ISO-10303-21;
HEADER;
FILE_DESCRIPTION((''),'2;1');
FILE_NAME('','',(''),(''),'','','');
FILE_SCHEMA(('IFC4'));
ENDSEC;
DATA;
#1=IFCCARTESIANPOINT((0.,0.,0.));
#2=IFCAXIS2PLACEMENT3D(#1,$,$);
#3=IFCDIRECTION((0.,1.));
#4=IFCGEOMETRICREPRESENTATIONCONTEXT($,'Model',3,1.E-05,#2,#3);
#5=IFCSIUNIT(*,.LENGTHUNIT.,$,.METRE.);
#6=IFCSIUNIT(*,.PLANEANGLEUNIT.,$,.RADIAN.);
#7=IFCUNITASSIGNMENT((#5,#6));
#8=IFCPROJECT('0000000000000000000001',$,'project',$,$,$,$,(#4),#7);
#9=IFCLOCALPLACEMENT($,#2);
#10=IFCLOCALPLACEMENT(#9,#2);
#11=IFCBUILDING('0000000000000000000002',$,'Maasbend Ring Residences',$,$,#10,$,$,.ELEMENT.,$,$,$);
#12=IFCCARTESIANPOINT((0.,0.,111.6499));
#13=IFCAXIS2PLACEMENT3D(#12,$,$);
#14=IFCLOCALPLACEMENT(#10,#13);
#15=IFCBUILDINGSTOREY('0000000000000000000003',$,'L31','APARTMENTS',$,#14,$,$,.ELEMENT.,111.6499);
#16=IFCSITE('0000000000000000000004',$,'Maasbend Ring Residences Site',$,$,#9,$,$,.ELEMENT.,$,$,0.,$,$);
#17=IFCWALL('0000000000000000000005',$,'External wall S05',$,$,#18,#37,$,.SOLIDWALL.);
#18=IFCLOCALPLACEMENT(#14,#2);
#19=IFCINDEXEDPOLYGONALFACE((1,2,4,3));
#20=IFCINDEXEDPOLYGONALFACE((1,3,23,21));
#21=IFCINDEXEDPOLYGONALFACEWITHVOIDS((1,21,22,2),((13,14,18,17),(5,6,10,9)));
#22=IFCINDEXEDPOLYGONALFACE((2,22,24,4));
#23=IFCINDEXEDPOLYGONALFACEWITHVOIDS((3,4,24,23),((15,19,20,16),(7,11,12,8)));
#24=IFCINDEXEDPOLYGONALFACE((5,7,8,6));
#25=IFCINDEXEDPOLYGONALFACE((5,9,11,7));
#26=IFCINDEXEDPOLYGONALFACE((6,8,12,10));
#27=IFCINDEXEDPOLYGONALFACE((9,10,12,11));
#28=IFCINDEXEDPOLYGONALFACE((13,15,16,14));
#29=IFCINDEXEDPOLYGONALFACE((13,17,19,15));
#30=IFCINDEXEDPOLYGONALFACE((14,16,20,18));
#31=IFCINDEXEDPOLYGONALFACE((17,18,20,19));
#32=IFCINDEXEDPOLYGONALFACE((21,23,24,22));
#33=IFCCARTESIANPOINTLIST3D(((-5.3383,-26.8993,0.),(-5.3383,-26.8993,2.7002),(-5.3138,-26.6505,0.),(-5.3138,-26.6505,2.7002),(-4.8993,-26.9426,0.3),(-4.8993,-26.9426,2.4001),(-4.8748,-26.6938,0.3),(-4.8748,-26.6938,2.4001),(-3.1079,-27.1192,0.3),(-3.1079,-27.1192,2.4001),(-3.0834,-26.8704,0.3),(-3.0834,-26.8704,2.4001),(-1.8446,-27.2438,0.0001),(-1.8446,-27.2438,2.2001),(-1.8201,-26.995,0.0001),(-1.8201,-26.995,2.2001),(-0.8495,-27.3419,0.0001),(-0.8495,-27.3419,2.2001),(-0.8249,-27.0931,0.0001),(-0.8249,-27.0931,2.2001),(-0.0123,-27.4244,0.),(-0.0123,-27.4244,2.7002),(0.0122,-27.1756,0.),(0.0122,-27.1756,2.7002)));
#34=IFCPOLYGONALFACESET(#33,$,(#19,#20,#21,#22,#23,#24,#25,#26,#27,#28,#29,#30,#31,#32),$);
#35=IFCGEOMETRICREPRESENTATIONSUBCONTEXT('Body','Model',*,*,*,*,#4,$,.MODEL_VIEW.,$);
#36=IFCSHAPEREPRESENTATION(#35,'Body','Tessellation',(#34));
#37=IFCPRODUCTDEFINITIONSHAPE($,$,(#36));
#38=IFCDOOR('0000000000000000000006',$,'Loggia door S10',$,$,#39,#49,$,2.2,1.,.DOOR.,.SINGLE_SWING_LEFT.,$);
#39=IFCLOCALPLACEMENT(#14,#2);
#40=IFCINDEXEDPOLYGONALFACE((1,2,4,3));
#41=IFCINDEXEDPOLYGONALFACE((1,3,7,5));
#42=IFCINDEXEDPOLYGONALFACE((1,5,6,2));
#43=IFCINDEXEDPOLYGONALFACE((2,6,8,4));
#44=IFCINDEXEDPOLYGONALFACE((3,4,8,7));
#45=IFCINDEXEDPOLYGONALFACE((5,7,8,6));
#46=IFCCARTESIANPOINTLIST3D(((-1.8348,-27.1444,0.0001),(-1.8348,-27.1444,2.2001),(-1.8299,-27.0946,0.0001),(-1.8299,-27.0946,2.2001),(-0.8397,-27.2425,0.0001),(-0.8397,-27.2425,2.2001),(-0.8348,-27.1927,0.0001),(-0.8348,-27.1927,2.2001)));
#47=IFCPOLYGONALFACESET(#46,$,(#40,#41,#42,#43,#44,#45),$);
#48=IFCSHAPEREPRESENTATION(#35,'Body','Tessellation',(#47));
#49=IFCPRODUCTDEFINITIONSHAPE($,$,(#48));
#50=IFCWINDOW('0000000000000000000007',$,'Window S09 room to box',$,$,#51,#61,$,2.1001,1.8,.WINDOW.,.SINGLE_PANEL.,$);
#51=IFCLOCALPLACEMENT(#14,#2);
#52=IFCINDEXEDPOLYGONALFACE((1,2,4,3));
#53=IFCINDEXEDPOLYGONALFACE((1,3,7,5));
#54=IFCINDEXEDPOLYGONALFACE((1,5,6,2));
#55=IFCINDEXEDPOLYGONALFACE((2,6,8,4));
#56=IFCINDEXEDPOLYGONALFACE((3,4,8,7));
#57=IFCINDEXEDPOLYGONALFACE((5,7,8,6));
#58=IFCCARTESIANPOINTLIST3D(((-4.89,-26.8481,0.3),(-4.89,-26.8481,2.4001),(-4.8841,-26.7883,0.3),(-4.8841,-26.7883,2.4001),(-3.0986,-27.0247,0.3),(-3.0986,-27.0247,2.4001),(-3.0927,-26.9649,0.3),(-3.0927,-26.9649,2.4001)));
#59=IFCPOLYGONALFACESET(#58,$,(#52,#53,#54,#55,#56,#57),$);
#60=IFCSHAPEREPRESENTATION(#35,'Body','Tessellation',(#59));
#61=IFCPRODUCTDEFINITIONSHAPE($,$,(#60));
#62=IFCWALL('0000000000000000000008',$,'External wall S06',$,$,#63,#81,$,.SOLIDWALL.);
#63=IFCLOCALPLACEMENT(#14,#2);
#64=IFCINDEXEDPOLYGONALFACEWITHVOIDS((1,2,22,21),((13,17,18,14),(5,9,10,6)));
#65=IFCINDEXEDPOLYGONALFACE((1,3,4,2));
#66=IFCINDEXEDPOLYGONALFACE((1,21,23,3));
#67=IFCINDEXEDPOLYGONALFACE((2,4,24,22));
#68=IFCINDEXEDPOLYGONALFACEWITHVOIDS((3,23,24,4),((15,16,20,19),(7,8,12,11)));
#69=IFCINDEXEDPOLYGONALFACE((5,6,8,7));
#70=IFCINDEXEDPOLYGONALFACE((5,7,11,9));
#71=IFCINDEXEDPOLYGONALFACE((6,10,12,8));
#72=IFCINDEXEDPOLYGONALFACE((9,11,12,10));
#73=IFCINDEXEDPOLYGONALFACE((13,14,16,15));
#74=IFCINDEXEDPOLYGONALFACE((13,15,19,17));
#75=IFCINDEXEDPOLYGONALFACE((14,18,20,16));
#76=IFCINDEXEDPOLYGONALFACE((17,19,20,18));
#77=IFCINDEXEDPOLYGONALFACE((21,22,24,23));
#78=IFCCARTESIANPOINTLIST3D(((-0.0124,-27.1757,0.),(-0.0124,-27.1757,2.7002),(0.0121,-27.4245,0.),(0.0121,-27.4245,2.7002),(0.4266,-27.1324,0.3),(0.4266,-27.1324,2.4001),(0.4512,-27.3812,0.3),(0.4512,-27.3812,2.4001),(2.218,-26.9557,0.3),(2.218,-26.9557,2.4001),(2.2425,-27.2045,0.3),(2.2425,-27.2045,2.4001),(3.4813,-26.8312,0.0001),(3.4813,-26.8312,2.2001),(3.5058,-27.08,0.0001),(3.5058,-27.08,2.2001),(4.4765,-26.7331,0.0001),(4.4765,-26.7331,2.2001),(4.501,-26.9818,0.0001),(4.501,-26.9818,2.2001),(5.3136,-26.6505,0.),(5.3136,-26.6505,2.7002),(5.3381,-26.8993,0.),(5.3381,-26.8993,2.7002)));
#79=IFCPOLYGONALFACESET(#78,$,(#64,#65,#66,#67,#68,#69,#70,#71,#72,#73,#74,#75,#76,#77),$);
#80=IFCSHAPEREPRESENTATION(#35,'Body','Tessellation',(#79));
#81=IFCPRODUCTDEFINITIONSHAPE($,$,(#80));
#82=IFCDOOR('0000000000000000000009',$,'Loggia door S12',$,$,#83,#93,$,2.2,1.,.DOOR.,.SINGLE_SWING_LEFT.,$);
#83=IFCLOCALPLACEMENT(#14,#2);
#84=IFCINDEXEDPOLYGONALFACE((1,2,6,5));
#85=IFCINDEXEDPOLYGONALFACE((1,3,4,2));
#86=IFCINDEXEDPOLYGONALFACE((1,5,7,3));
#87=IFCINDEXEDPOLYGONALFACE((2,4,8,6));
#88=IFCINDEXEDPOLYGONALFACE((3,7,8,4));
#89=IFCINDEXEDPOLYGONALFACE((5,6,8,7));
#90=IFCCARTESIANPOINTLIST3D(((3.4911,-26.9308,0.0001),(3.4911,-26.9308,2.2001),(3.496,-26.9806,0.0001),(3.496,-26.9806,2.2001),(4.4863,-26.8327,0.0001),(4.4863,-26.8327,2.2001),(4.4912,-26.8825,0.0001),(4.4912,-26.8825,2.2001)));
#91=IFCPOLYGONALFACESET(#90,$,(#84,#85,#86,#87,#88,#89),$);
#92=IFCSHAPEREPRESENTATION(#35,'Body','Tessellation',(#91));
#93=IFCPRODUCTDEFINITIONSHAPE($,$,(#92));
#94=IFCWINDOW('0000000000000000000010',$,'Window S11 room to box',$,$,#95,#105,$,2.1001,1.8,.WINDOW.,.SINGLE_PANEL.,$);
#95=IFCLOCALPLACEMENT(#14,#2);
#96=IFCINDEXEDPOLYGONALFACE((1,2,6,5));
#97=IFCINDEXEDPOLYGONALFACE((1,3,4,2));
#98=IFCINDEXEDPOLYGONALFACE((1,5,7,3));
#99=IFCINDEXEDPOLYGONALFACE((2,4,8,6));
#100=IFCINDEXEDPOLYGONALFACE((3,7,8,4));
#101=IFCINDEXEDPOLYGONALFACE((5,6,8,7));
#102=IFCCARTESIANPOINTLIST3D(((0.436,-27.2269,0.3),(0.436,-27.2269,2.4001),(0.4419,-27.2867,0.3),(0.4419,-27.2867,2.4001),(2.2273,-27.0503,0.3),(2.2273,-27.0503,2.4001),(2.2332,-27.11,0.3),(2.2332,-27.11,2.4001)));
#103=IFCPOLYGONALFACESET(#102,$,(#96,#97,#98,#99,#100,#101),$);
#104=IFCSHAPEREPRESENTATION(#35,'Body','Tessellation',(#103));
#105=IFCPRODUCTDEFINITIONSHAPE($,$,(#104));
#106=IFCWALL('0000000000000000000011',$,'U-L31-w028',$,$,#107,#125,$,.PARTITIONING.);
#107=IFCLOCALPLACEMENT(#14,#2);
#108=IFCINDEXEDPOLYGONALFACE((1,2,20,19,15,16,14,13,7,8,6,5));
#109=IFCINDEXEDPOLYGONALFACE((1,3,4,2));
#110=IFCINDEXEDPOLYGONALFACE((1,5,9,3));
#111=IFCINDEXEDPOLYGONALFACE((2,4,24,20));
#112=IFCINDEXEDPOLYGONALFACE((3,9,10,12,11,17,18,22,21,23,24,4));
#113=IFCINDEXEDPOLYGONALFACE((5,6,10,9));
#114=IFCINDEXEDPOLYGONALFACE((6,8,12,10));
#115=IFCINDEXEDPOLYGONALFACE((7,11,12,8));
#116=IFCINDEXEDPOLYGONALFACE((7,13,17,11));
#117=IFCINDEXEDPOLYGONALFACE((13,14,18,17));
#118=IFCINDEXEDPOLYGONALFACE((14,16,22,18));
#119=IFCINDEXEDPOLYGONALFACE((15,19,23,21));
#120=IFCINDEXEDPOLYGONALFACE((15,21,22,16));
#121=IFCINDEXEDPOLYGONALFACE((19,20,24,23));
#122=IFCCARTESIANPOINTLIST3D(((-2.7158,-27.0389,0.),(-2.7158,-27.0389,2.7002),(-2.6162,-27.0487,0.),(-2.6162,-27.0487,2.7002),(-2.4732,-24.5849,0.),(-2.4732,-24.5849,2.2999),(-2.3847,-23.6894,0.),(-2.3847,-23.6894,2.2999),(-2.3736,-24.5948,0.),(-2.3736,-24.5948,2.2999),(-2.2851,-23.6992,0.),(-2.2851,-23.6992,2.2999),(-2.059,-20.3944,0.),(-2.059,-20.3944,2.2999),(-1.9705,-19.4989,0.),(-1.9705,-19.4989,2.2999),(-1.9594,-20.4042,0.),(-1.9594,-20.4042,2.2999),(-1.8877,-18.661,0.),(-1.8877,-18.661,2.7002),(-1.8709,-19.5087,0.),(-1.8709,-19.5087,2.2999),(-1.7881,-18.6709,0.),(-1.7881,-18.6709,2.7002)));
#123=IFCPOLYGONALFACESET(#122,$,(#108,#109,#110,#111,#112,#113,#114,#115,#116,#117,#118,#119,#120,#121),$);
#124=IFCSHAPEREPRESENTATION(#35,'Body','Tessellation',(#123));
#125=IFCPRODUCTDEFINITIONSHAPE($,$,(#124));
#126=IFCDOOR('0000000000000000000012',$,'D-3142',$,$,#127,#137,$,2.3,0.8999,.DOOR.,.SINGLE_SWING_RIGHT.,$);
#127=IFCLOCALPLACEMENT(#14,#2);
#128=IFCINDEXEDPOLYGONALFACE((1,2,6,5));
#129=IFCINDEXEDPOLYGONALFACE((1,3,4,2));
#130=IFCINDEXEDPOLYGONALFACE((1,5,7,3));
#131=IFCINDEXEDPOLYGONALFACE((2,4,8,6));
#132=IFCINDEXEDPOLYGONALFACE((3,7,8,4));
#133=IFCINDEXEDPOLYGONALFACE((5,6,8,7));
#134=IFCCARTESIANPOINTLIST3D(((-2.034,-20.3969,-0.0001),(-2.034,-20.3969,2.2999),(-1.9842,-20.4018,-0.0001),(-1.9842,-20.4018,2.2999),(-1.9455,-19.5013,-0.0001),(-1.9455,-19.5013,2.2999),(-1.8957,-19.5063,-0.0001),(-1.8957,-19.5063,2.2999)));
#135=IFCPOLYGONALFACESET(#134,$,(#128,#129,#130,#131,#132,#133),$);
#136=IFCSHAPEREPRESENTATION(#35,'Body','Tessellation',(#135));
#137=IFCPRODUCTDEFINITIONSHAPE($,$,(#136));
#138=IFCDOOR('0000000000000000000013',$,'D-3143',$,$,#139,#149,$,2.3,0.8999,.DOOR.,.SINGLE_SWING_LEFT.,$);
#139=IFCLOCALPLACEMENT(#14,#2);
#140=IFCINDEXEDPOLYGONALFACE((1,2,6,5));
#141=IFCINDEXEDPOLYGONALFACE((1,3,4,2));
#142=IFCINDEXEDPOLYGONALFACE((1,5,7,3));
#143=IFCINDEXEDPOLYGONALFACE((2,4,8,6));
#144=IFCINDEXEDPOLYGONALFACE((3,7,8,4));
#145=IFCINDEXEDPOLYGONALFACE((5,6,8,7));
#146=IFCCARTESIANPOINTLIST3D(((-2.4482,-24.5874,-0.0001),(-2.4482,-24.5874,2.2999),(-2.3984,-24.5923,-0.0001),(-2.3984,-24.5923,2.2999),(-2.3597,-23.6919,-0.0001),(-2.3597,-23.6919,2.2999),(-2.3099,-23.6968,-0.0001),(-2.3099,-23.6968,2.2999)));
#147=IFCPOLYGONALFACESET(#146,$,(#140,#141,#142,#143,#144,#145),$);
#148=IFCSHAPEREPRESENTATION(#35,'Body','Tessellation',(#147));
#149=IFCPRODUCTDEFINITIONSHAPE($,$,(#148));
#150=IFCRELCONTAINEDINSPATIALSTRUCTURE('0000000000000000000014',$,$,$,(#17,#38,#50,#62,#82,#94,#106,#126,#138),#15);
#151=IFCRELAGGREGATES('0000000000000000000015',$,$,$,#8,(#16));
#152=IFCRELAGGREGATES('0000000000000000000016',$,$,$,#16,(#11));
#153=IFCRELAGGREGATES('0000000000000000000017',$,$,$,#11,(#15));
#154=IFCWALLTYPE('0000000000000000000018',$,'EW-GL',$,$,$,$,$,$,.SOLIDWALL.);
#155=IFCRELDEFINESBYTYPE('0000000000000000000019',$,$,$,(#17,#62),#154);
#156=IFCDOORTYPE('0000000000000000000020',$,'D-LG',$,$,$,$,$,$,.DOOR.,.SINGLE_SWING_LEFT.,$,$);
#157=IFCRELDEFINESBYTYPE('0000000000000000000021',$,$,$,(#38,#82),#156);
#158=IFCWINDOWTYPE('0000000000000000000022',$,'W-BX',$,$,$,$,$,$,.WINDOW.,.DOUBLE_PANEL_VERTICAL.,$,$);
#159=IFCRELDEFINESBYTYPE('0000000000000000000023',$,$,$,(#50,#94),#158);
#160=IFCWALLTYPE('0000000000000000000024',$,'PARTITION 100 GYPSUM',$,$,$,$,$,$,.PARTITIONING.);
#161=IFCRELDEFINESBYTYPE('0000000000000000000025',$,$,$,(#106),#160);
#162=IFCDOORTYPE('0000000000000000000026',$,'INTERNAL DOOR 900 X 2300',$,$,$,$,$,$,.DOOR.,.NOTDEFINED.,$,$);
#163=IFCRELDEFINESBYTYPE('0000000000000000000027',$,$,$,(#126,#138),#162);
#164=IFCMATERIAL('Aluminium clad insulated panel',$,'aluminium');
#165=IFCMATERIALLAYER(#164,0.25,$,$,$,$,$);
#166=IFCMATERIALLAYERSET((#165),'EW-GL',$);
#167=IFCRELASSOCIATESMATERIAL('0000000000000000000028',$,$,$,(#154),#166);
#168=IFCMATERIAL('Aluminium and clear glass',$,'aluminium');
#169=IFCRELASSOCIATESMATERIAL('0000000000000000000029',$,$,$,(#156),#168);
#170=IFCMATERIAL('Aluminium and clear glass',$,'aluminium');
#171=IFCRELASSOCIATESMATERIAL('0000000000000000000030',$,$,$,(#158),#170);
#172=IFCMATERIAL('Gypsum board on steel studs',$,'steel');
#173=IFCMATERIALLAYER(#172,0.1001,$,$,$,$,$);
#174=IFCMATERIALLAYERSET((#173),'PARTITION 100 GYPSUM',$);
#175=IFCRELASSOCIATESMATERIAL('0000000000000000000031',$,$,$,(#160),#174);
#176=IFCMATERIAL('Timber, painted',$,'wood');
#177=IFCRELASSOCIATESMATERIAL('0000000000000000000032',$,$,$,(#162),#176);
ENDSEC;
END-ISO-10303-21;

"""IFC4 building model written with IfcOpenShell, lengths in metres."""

from ifc_helpers import new_model, si_unit, direction, frame, frame_2d, origin, place, context, subcontext, project, spatial, rectangle, extrude, material, layer, layer_set, type_object, element, fill, save


model = new_model("IFC4")

# Units and contexts
model_context = context("Model", 3, precision=1e-05, world=origin(), true_north=direction((0.0, 1.0)))
body_context = subcontext(model_context, "Body", "Model", "MODEL_VIEW")
ifc_project = project(units=[si_unit("LENGTHUNIT", "METRE"), si_unit("PLANEANGLEUNIT", "RADIAN")], contexts=[model_context])

# Site, building, storey
site_placement = place(None, origin())
site = spatial("IfcSite", under=ifc_project, at=site_placement, Name="Maasbend Ring Residences Site", CompositionType="ELEMENT", RefElevation=0.0)
building_placement = place(site_placement, origin())
building = spatial("IfcBuilding", under=site, at=building_placement, Name="Maasbend Ring Residences", CompositionType="ELEMENT")
storey_placement = place(building_placement, frame((0.0, 0.0, 111.6499)))
storey = spatial("IfcBuildingStorey", under=building, at=storey_placement, Name="L31", Description="APARTMENTS", CompositionType="ELEMENT", Elevation=111.6499)

# Walls, openings, doors, windows
ifc_material_1 = material(Name="Aluminium clad insulated panel", Category="aluminium")
ifc_layer_1 = layer(ifc_material_1, 0.25)
ifc_layer_set_1 = layer_set([ifc_layer_1], Name="EW-GL")
wall_type_1 = type_object("IfcWallType", Name="EW-GL", PredefinedType="SOLIDWALL", material=ifc_layer_set_1)
ifc_material_2 = material(Name="Aluminium and clear glass", Category="aluminium")
door_type_1 = type_object("IfcDoorType", Name="D-LG", OperationType="SINGLE_SWING_LEFT", PredefinedType="DOOR", material=ifc_material_2)
ifc_material_3 = material(Name="Aluminium and clear glass", Category="aluminium")
window_type_1 = type_object("IfcWindowType", Name="W-BX", PartitioningType="DOUBLE_PANEL_VERTICAL", PredefinedType="WINDOW", material=ifc_material_3)
wall_1_placement = place(storey_placement, frame((-5.3259, -26.7749, 0.0), z_axis=(0.0, 0.0, 1.0), x_axis=(0.995174, -0.098126, 0.0)))
wall_1 = element("IfcWall", 1, at=wall_1_placement, inside=storey, type_object=wall_type_1, Name="External wall S05", PredefinedType="SOLIDWALL", context=body_context, shape_type="SweptSolid", body=[
    extrude(rectangle(XDim=5.3518, YDim=0.25, at=frame_2d((2.6758, 0.0))), origin(), (0.0, 0.0, 1.0), 2.7002),
])
opening_1_placement = place(wall_1_placement, frame((0.4412, 0.0, 0.3)))
opening_1 = element("IfcOpeningElement", 2, at=opening_1_placement, cuts=wall_1, PredefinedType="OPENING", context=body_context, shape_type="SweptSolid", body=[
    extrude(rectangle(XDim=1.8, YDim=2.1001, at=frame_2d((0.8999, 1.05))), frame((0.0, 0.135, 0.0), z_axis=(0.0, -1.0, 0.0), x_axis=(1.0, 0.0, 0.0)), (0.0, 0.0, 1.0), 0.27),
])
opening_2_placement = place(wall_1_placement, frame((3.5105, 0.0, 0.0)))
opening_2 = element("IfcOpeningElement", 3, at=opening_2_placement, cuts=wall_1, PredefinedType="OPENING", context=body_context, shape_type="SweptSolid", body=[
    extrude(rectangle(XDim=1.0, YDim=2.2, at=frame_2d((0.5, 1.1001))), frame((0.0, 0.135, 0.0), z_axis=(0.0, -1.0, 0.0), x_axis=(1.0, 0.0, 0.0)), (0.0, 0.0, 1.0), 0.27),
])
door_1_placement = place(opening_2_placement, origin())
door_1 = element("IfcDoor", 4, at=door_1_placement, inside=storey, type_object=door_type_1, Name="Loggia door S10", OperationType="SINGLE_SWING_LEFT", OverallHeight=2.2, OverallWidth=1.0, PredefinedType="DOOR", context=body_context, shape_type="SweptSolid", body=[
    extrude(rectangle(XDim=1.0, YDim=2.2, at=frame_2d((0.5, 1.1001))), frame((0.0, 0.0249, 0.0), z_axis=(0.0, -1.0, 0.0), x_axis=(1.0, 0.0, 0.0)), (0.0, 0.0, 1.0), 0.05),
])
fill(opening_2, door_1)
window_1_placement = place(opening_1_placement, origin())
window_1 = element("IfcWindow", 5, at=window_1_placement, inside=storey, type_object=window_type_1, Name="Window S09 room to box", OverallHeight=2.1001, OverallWidth=1.8, PartitioningType="SINGLE_PANEL", PredefinedType="WINDOW", context=body_context, shape_type="SweptSolid", body=[
    extrude(rectangle(XDim=1.8, YDim=2.1001, at=frame_2d((0.8999, 1.05))), frame((0.0, 0.03, 0.0), z_axis=(0.0, -1.0, 0.0), x_axis=(1.0, 0.0, 0.0)), (0.0, 0.0, 1.0), 0.0601),
])
fill(opening_1, window_1)
wall_2_placement = place(storey_placement, frame((0.0, -27.3, 0.0), z_axis=(0.0, 0.0, 1.0), x_axis=(0.995174, 0.098126, 0.0)))
wall_2 = element("IfcWall", 6, at=wall_2_placement, inside=storey, type_object=wall_type_1, Name="External wall S06", PredefinedType="SOLIDWALL", context=body_context, shape_type="SweptSolid", body=[
    extrude(rectangle(XDim=5.3518, YDim=0.25, at=frame_2d((2.6758, 0.0))), origin(), (0.0, 0.0, 1.0), 2.7002),
])
opening_3_placement = place(wall_2_placement, frame((0.4412, 0.0, 0.3)))
opening_3 = element("IfcOpeningElement", 7, at=opening_3_placement, cuts=wall_2, PredefinedType="OPENING", context=body_context, shape_type="SweptSolid", body=[
    extrude(rectangle(XDim=1.8, YDim=2.1001, at=frame_2d((0.8999, 1.05))), frame((0.0, 0.135, 0.0), z_axis=(0.0, -1.0, 0.0), x_axis=(1.0, 0.0, 0.0)), (0.0, 0.0, 1.0), 0.27),
])
opening_4_placement = place(wall_2_placement, frame((3.5105, 0.0, 0.0)))
opening_4 = element("IfcOpeningElement", 8, at=opening_4_placement, cuts=wall_2, PredefinedType="OPENING", context=body_context, shape_type="SweptSolid", body=[
    extrude(rectangle(XDim=1.0, YDim=2.2, at=frame_2d((0.5, 1.1001))), frame((0.0, 0.135, 0.0), z_axis=(0.0, -1.0, 0.0), x_axis=(1.0, 0.0, 0.0)), (0.0, 0.0, 1.0), 0.27),
])
door_2_placement = place(opening_4_placement, origin())
door_2 = element("IfcDoor", 9, at=door_2_placement, inside=storey, type_object=door_type_1, Name="Loggia door S12", OperationType="SINGLE_SWING_LEFT", OverallHeight=2.2, OverallWidth=1.0, PredefinedType="DOOR", context=body_context, shape_type="SweptSolid", body=[
    extrude(rectangle(XDim=1.0, YDim=2.2, at=frame_2d((0.5, 1.1001))), frame((0.0, 0.0249, 0.0), z_axis=(0.0, -1.0, 0.0), x_axis=(1.0, 0.0, 0.0)), (0.0, 0.0, 1.0), 0.05),
])
fill(opening_4, door_2)
window_2_placement = place(opening_3_placement, origin())
window_2 = element("IfcWindow", 10, at=window_2_placement, inside=storey, type_object=window_type_1, Name="Window S11 room to box", OverallHeight=2.1001, OverallWidth=1.8, PartitioningType="SINGLE_PANEL", PredefinedType="WINDOW", context=body_context, shape_type="SweptSolid", body=[
    extrude(rectangle(XDim=1.8, YDim=2.1001, at=frame_2d((0.8999, 1.05))), frame((0.0, 0.03, 0.0), z_axis=(0.0, -1.0, 0.0), x_axis=(1.0, 0.0, 0.0)), (0.0, 0.0, 1.0), 0.0601),
])
fill(opening_3, window_2)

# Wall, openings, doors
ifc_material_4 = material(Name="Gypsum board on steel studs", Category="steel")
ifc_layer_2 = layer(ifc_material_4, 0.1001)
ifc_layer_set_2 = layer_set([ifc_layer_2], Name="PARTITION 100 GYPSUM")
wall_type_2 = type_object("IfcWallType", Name="PARTITION 100 GYPSUM", PredefinedType="PARTITIONING", material=ifc_layer_set_2)
wall_3_placement = place(storey_placement, frame((-2.666, -27.0439, 0.0), z_axis=(0.0, 0.0, 1.0), x_axis=(0.098367, 0.99515, 0.0)))
wall_3 = element("IfcWall", 11, at=wall_3_placement, inside=storey, type_object=wall_type_2, Name="U-L31-w028", PredefinedType="PARTITIONING", context=body_context, shape_type="SweptSolid", body=[
    extrude(rectangle(XDim=8.4187, YDim=0.1001, at=frame_2d((4.2095, 0.0))), origin(), (0.0, 0.0, 1.0), 2.7002),
])
opening_5_placement = place(wall_3_placement, frame((6.677, 0.0, 0.0)))
opening_5 = element("IfcOpeningElement", 12, at=opening_5_placement, cuts=wall_3, PredefinedType="OPENING", context=body_context, shape_type="SweptSolid", body=[
    extrude(rectangle(XDim=0.8999, YDim=2.3, at=frame_2d((0.45, 1.1499))), frame((0.0, 0.0601, 0.0), z_axis=(0.0, -1.0, 0.0), x_axis=(1.0, 0.0, 0.0)), (0.0, 0.0, 1.0), 0.1201),
])
opening_6_placement = place(wall_3_placement, frame((2.4661, 0.0, 0.0)))
opening_6 = element("IfcOpeningElement", 13, at=opening_6_placement, cuts=wall_3, PredefinedType="OPENING", context=body_context, shape_type="SweptSolid", body=[
    extrude(rectangle(XDim=0.8999, YDim=2.3, at=frame_2d((0.45, 1.1499))), frame((0.0, 0.0601, 0.0), z_axis=(0.0, -1.0, 0.0), x_axis=(1.0, 0.0, 0.0)), (0.0, 0.0, 1.0), 0.1201),
])
ifc_material_5 = material(Name="Timber, painted", Category="wood")
door_type_2 = type_object("IfcDoorType", Name="INTERNAL DOOR 900 X 2300", OperationType="NOTDEFINED", PredefinedType="DOOR", material=ifc_material_5)
door_3_placement = place(opening_5_placement, origin())
door_3 = element("IfcDoor", 14, at=door_3_placement, inside=storey, type_object=door_type_2, Name="D-3142", OperationType="SINGLE_SWING_RIGHT", OverallHeight=2.3, OverallWidth=0.8999, PredefinedType="DOOR", context=body_context, shape_type="SweptSolid", body=[
    extrude(rectangle(XDim=0.8999, YDim=2.3, at=frame_2d((0.45, 1.1499))), frame((0.0, 0.0249, 0.0), z_axis=(0.0, -1.0, 0.0), x_axis=(1.0, 0.0, 0.0)), (0.0, 0.0, 1.0), 0.05),
])
fill(opening_5, door_3)
door_4_placement = place(opening_6_placement, origin())
door_4 = element("IfcDoor", 15, at=door_4_placement, inside=storey, type_object=door_type_2, Name="D-3143", OperationType="SINGLE_SWING_LEFT", OverallHeight=2.3, OverallWidth=0.8999, PredefinedType="DOOR", context=body_context, shape_type="SweptSolid", body=[
    extrude(rectangle(XDim=0.8999, YDim=2.3, at=frame_2d((0.45, 1.1499))), frame((0.0, 0.0249, 0.0), z_axis=(0.0, -1.0, 0.0), x_axis=(1.0, 0.0, 0.0)), (0.0, 0.0, 1.0), 0.05),
])
fill(opening_6, door_4)

save(model, "model.ifc")
